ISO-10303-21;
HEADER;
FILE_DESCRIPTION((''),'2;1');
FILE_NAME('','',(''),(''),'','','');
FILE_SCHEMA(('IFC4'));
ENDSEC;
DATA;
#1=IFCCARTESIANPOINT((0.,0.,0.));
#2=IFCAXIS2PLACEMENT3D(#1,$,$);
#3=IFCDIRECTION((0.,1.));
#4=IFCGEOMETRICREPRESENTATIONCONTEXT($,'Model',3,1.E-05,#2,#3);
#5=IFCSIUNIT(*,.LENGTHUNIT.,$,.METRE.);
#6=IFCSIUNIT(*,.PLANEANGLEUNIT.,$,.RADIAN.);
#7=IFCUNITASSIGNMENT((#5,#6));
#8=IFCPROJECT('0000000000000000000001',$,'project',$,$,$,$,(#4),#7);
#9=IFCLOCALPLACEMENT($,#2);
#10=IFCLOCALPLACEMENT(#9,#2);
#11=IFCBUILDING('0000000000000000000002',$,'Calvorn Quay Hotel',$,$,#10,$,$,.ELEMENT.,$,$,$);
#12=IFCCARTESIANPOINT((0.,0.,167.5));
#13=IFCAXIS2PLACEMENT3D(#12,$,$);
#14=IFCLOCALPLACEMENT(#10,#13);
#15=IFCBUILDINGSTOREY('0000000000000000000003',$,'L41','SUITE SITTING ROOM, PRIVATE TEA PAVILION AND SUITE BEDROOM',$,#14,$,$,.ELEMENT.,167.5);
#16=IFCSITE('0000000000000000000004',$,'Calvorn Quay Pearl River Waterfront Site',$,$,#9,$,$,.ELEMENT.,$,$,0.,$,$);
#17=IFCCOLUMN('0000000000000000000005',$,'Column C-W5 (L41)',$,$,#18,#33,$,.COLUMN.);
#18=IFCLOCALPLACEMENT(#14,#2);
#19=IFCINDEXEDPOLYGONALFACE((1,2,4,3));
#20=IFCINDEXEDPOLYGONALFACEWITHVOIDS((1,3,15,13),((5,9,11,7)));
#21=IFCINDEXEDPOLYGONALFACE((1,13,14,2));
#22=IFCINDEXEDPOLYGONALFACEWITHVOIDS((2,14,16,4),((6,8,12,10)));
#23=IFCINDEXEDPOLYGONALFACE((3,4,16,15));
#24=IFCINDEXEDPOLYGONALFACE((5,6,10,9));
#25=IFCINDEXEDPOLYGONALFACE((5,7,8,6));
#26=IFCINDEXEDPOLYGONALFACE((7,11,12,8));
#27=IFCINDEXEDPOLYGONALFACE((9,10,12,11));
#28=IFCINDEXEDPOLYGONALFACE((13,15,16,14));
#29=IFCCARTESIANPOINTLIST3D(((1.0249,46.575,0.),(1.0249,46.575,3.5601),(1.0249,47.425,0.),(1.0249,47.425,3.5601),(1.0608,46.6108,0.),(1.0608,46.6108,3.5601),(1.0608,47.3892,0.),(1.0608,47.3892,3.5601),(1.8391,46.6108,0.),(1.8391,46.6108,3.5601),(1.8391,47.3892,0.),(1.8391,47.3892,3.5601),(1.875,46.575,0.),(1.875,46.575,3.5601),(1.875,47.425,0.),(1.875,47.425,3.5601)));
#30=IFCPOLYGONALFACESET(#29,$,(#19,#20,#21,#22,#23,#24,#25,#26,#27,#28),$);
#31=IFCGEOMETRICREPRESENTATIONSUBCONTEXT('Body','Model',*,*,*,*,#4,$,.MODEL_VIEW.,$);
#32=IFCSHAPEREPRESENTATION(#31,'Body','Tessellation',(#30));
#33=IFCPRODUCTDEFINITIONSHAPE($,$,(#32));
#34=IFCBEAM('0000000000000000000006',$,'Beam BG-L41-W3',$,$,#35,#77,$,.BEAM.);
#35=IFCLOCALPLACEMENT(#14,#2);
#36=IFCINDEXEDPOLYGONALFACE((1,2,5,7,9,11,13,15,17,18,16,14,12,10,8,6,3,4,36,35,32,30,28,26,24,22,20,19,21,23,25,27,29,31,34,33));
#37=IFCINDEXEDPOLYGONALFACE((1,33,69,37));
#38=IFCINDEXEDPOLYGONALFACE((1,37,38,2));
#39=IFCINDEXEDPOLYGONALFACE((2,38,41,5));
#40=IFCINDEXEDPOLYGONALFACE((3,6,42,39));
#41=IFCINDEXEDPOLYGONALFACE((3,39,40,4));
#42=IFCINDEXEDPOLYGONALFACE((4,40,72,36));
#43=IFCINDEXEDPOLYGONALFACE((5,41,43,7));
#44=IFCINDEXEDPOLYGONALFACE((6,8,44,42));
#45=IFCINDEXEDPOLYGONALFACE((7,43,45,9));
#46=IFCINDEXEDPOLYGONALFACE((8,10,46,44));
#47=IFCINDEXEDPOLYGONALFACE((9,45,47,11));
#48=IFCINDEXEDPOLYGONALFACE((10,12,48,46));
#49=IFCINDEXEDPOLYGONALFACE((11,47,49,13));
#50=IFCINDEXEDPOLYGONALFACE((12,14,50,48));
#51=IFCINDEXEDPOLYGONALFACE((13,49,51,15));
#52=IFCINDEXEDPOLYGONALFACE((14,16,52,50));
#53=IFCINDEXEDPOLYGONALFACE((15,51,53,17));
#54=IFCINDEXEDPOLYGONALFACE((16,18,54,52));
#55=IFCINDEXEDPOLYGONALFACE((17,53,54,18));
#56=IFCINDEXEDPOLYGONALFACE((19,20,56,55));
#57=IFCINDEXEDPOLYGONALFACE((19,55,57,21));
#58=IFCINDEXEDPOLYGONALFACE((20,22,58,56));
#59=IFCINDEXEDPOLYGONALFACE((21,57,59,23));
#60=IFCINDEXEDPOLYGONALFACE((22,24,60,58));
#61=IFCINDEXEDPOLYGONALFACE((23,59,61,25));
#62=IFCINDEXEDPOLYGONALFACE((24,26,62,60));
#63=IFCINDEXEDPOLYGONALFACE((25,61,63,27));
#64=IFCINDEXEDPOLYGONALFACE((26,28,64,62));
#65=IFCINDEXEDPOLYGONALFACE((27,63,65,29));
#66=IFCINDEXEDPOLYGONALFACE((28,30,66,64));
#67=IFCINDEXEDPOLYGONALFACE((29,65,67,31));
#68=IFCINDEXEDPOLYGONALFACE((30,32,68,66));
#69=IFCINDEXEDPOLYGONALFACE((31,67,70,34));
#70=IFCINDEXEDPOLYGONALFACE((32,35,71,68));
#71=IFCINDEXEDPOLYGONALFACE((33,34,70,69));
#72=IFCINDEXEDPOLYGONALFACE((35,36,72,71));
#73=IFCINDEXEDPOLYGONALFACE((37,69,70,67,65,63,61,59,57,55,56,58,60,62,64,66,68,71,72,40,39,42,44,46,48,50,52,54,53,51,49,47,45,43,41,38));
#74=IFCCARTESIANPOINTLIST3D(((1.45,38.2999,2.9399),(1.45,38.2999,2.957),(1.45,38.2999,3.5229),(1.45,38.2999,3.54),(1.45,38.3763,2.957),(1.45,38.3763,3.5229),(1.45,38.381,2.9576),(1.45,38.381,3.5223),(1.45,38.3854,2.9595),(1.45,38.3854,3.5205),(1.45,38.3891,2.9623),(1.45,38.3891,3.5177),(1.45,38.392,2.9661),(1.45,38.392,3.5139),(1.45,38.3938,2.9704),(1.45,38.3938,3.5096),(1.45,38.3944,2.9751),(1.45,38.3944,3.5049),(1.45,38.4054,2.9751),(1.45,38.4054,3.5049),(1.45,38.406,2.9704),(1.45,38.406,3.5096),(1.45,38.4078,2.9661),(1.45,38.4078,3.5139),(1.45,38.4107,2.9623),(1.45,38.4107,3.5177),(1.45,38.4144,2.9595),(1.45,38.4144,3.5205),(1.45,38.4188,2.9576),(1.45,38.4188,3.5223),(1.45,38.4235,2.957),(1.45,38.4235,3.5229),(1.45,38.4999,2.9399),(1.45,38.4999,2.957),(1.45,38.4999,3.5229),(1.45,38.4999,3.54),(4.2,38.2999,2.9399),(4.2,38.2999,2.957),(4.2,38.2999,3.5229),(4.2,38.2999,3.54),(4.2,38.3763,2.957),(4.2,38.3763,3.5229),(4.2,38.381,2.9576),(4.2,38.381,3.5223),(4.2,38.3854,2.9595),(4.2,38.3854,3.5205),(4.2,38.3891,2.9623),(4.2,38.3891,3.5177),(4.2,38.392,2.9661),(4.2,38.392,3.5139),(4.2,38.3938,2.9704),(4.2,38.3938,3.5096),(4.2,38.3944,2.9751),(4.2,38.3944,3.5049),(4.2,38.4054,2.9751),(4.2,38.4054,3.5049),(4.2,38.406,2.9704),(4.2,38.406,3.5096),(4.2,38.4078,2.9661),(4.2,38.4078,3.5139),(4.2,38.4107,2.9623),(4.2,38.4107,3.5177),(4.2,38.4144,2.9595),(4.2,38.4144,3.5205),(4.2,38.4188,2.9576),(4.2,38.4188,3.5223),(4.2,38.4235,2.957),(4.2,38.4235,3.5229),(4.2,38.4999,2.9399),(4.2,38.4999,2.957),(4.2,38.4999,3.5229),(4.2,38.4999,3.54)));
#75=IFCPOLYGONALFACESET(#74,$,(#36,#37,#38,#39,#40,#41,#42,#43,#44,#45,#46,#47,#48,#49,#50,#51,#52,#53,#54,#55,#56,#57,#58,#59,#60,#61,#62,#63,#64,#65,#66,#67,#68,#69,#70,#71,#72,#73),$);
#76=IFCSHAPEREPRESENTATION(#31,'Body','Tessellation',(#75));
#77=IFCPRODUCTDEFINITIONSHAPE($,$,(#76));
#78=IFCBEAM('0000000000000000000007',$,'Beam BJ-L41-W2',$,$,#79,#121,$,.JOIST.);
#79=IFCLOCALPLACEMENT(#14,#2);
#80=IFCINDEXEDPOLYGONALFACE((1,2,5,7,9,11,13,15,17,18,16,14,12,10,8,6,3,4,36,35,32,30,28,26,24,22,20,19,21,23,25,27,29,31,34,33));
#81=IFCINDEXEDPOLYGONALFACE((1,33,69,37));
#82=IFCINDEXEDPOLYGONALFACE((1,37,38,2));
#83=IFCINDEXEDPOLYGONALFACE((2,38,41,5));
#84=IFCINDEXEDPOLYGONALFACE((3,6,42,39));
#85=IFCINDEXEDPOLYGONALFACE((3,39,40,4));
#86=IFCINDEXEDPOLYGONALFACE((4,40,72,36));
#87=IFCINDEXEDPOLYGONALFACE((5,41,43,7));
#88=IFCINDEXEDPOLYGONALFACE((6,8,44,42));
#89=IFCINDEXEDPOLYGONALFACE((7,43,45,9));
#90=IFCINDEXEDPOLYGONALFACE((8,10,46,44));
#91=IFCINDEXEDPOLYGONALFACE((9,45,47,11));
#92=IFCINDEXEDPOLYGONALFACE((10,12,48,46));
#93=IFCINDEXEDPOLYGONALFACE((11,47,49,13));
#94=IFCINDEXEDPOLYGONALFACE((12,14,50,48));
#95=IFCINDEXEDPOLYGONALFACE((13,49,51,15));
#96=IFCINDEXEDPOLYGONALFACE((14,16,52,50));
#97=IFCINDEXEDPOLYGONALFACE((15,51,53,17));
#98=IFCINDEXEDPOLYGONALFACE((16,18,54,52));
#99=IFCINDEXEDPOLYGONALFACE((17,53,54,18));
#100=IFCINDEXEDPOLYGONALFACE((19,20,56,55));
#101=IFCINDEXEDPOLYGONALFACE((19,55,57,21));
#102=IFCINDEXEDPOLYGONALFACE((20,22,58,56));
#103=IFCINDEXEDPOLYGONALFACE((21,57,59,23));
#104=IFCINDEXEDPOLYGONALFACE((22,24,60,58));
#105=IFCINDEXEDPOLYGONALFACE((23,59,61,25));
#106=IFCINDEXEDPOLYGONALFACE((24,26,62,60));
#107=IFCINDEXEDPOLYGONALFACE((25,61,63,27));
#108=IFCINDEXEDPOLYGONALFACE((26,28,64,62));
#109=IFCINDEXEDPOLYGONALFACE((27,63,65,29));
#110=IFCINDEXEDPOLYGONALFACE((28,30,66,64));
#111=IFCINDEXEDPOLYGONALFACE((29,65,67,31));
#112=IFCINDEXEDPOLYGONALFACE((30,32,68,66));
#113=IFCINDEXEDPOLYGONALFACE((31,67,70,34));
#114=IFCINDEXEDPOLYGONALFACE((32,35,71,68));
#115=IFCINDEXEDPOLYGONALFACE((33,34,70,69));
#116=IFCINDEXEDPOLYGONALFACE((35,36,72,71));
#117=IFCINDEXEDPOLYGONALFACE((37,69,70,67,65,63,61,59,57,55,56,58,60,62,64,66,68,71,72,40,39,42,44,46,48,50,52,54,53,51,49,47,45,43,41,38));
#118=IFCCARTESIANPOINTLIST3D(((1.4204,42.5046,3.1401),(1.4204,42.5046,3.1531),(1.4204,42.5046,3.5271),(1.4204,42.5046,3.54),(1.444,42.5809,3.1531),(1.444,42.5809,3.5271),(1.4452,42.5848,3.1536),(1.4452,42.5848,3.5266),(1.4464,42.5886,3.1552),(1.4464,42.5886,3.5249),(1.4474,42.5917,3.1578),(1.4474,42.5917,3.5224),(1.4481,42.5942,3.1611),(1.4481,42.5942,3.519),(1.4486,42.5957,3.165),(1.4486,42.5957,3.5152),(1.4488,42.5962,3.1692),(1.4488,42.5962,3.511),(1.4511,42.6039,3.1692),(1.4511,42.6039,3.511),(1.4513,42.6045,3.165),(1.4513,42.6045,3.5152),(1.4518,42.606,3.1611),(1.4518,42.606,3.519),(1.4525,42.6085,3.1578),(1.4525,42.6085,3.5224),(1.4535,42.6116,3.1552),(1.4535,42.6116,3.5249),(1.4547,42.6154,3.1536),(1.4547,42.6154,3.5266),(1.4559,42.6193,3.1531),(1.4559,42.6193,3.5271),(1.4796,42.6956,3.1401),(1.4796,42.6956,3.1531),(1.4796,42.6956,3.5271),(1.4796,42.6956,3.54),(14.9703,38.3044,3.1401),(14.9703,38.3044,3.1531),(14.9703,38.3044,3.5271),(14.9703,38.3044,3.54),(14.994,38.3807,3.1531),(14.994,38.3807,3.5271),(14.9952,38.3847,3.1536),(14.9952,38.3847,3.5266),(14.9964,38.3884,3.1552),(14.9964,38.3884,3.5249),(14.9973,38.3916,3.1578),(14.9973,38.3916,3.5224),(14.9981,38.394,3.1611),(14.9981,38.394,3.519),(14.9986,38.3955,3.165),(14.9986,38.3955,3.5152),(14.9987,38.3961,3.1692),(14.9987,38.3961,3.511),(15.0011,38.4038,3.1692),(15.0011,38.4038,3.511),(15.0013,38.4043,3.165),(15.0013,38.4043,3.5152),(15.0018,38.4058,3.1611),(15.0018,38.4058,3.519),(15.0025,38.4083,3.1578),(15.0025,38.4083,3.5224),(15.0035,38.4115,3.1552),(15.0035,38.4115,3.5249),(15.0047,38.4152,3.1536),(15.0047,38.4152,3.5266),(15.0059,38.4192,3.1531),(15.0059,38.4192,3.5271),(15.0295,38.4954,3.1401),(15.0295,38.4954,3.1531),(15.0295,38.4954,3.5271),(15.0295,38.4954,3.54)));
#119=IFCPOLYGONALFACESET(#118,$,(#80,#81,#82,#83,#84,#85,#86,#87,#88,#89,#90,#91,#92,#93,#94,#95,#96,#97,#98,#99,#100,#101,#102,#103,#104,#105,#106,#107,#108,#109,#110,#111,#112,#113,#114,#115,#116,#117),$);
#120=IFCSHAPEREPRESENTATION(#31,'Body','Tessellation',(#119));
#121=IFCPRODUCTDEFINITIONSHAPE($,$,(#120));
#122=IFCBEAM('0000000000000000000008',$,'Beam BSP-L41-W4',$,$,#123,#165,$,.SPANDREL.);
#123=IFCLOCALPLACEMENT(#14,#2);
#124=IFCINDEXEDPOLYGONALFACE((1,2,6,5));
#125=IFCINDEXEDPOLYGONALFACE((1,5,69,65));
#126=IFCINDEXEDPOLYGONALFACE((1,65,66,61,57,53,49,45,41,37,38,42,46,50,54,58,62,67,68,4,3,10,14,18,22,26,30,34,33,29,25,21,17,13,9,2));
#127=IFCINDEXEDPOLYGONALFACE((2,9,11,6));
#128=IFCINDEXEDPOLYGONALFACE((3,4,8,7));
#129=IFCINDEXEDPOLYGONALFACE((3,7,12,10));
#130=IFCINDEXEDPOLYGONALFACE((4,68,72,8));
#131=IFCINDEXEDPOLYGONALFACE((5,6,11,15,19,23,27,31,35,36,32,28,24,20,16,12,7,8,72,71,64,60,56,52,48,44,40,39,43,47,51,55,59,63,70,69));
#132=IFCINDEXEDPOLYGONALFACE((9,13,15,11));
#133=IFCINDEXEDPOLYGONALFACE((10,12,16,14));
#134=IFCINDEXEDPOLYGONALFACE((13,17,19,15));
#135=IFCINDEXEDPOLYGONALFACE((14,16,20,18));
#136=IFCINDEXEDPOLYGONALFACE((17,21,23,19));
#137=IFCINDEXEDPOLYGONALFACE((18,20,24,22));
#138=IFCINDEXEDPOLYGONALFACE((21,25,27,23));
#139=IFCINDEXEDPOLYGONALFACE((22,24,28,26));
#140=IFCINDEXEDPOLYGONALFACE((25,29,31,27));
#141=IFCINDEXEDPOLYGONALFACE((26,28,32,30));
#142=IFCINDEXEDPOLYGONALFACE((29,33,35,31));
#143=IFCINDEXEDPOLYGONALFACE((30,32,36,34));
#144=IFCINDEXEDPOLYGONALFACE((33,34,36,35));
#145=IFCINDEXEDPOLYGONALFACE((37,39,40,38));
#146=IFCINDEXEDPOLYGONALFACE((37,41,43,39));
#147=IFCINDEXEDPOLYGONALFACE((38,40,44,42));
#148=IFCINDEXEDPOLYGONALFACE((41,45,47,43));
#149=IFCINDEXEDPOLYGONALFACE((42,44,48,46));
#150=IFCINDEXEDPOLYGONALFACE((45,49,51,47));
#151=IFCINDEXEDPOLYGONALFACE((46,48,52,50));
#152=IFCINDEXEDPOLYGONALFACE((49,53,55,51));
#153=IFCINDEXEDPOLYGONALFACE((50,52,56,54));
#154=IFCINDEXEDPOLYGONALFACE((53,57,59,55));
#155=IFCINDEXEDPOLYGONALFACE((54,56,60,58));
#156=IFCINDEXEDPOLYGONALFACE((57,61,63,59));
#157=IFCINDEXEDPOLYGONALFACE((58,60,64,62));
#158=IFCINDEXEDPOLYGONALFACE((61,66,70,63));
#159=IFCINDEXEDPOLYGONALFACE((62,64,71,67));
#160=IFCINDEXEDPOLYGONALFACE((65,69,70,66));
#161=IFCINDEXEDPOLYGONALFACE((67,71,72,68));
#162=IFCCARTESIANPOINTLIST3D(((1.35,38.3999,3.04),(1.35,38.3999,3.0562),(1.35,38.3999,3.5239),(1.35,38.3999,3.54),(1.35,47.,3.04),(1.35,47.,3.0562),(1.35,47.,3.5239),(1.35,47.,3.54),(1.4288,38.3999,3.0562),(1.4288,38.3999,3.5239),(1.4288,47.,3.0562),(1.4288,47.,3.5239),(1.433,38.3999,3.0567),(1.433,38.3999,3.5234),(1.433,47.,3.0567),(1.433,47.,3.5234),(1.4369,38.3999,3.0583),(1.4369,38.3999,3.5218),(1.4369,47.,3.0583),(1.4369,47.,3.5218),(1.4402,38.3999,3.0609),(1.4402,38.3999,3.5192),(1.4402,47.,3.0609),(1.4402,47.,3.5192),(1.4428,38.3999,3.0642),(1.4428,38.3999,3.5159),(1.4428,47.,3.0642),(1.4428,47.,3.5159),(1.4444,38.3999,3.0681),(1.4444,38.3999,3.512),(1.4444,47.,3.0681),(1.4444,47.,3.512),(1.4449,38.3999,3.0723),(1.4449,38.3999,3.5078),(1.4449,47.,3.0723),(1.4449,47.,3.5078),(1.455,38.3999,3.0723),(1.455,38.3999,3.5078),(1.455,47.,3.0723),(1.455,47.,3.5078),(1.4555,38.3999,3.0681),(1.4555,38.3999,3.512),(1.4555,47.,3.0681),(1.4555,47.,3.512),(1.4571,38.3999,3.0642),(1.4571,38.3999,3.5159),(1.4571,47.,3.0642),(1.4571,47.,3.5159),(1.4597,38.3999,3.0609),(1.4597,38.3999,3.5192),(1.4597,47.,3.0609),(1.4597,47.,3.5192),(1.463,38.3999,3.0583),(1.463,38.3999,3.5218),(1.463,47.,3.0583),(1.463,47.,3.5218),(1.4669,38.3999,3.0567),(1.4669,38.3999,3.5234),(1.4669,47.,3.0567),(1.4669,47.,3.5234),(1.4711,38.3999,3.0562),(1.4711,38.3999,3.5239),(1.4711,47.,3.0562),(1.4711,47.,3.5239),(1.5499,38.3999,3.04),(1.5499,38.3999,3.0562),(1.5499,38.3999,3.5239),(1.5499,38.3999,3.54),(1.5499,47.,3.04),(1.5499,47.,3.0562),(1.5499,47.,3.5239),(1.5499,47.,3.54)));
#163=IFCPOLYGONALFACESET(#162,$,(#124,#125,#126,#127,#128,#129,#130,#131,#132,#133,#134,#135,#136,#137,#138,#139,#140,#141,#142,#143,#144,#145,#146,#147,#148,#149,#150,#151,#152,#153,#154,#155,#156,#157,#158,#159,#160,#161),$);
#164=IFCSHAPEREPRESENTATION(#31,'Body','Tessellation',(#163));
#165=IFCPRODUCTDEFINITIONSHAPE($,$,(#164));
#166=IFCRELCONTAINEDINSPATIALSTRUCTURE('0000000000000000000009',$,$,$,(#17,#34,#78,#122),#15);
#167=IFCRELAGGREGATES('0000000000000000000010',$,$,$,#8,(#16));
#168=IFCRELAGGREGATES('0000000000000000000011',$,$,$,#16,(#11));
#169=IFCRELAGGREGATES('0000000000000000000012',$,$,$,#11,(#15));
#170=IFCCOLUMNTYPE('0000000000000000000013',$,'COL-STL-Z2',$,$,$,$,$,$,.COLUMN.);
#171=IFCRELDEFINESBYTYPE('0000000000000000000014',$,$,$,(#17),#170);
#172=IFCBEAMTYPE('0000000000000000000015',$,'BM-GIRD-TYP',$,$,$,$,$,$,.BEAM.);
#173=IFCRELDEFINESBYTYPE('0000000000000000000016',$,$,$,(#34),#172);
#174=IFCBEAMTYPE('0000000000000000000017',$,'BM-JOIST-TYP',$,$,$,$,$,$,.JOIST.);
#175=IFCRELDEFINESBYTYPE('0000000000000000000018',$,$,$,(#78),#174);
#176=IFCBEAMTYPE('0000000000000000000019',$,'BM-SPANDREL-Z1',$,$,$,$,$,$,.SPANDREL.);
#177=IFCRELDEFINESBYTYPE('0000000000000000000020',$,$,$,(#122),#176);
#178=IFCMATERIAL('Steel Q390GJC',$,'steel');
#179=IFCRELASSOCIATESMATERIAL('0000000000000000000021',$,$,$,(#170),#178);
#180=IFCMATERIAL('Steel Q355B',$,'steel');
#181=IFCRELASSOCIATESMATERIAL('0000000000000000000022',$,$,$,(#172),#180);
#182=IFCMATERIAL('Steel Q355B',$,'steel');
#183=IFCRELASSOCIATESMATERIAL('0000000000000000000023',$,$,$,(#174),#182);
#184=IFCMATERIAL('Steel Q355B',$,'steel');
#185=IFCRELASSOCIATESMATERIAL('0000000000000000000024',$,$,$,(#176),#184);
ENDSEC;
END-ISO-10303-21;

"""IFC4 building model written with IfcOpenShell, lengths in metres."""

from ifc_helpers import new_model, si_unit, direction, frame, origin, origin_2d, place, context, subcontext, project, spatial, hollow_rectangle, i_section, extrude, material, material_profile, profile_set, type_object, element, save


model = new_model("IFC4")

# Units and contexts
model_context = context("Model", 3, precision=1e-05, world=origin(), true_north=direction((0.0, 1.0)))
body_context = subcontext(model_context, "Body", "Model", "MODEL_VIEW")
ifc_project = project(units=[si_unit("LENGTHUNIT", "METRE"), si_unit("PLANEANGLEUNIT", "RADIAN")], contexts=[model_context])

# Site, building, storey
site_placement = place(None, origin())
site = spatial("IfcSite", under=ifc_project, at=site_placement, Name="Calvorn Quay Pearl River Waterfront Site", CompositionType="ELEMENT", RefElevation=0.0)
building_placement = place(site_placement, origin())
building = spatial("IfcBuilding", under=site, at=building_placement, Name="Calvorn Quay Hotel", CompositionType="ELEMENT")
storey_placement = place(building_placement, frame((0.0, 0.0, 167.5)))
storey = spatial("IfcBuildingStorey", under=building, at=storey_placement, Name="L41", Description="SUITE SITTING ROOM, PRIVATE TEA PAVILION AND SUITE BEDROOM", CompositionType="ELEMENT", Elevation=167.5)

# Column
ifc_material_1 = material(Name="Steel Q390GJC", Category="steel")
ifc_material_profile_1 = material_profile(ifc_material_1, hollow_rectangle(XDim=0.8501, YDim=0.8501, WallThickness=0.0359, at=origin_2d()), Name="BOX850x850x36")
ifc_profile_set_1 = profile_set([ifc_material_profile_1], Name="Steel Q390GJC")
column_type = type_object("IfcColumnType", Name="COL-STL-Z2", PredefinedType="COLUMN", material=ifc_profile_set_1)
column_placement = place(storey_placement, frame((1.45, 47.0, 0.0), z_axis=(0.0, 0.0, 1.0), x_axis=(1.0, 0.0, 0.0)))
element("IfcColumn", 1, at=column_placement, inside=storey, type_object=column_type, Name="Column C-W5 (L41)", PredefinedType="COLUMN", context=body_context, shape_type="SweptSolid", body=[
    extrude(hollow_rectangle(XDim=0.8501, YDim=0.8501, WallThickness=0.0359, at=origin_2d()), origin(), (0.0, 0.0, 1.0), 3.5601),
])

# Beams
ifc_material_2 = material(Name="Steel Q355B", Category="steel")
ifc_material_profile_2 = material_profile(ifc_material_2, i_section(OverallWidth=0.2, OverallDepth=0.6001, WebThickness=0.011, FlangeThickness=0.0171, FilletRadius=0.0181, at=origin_2d()), Name="HN600x200x11x17")
ifc_profile_set_2 = profile_set([ifc_material_profile_2], Name="Steel Q355B")
beam_type_1 = type_object("IfcBeamType", Name="BM-GIRD-TYP", PredefinedType="BEAM", material=ifc_profile_set_2)
beam_1_placement = place(storey_placement, frame((1.45, 38.3999, 3.24), z_axis=(1.0, 0.0, 0.0), x_axis=(0.0, 1.0, 0.0)))
element("IfcBeam", 2, at=beam_1_placement, inside=storey, type_object=beam_type_1, Name="Beam BG-L41-W3", PredefinedType="BEAM", context=body_context, shape_type="SweptSolid", body=[
    extrude(i_section(OverallWidth=0.2, OverallDepth=0.6001, WebThickness=0.011, FlangeThickness=0.0171, FilletRadius=0.0181, at=origin_2d()), origin(), (0.0, 0.0, 1.0), 2.75),
])
ifc_material_3 = material(Name="Steel Q355B", Category="steel")
ifc_material_profile_3 = material_profile(ifc_material_3, i_section(OverallWidth=0.2, OverallDepth=0.3999, WebThickness=0.0081, FlangeThickness=0.0129, FilletRadius=0.0161, at=origin_2d()), Name="HN400x200x8x13")
ifc_profile_set_3 = profile_set([ifc_material_profile_3], Name="Steel Q355B")
beam_type_2 = type_object("IfcBeamType", Name="BM-JOIST-TYP", PredefinedType="JOIST", material=ifc_profile_set_3)
beam_2_placement = place(storey_placement, frame((1.45, 42.6001, 3.3401), z_axis=(0.955164, -0.296078, 0.0), x_axis=(0.296078, 0.955164, 0.0)))
element("IfcBeam", 3, at=beam_2_placement, inside=storey, type_object=beam_type_2, Name="Beam BJ-L41-W2", PredefinedType="JOIST", context=body_context, shape_type="SweptSolid", body=[
    extrude(i_section(OverallWidth=0.2, OverallDepth=0.3999, WebThickness=0.0081, FlangeThickness=0.0129, FilletRadius=0.0161, at=origin_2d()), origin(), (0.0, 0.0, 1.0), 14.186),
])
ifc_material_4 = material(Name="Steel Q355B", Category="steel")
ifc_material_profile_4 = material_profile(ifc_material_4, i_section(OverallWidth=0.2, OverallDepth=0.5, WebThickness=0.01, FlangeThickness=0.0161, FilletRadius=0.0161, at=origin_2d()), Name="HN500x200x10x16")
ifc_profile_set_4 = profile_set([ifc_material_profile_4], Name="Steel Q355B")
beam_type_3 = type_object("IfcBeamType", Name="BM-SPANDREL-Z1", PredefinedType="SPANDREL", material=ifc_profile_set_4)
beam_3_placement = place(storey_placement, frame((1.45, 38.3999, 3.29), z_axis=(0.0, 1.0, 0.0), x_axis=(-1.0, 0.0, 0.0)))
element("IfcBeam", 4, at=beam_3_placement, inside=storey, type_object=beam_type_3, Name="Beam BSP-L41-W4", PredefinedType="SPANDREL", context=body_context, shape_type="SweptSolid", body=[
    extrude(i_section(OverallWidth=0.2, OverallDepth=0.5, WebThickness=0.01, FlangeThickness=0.0161, FilletRadius=0.0161, at=origin_2d()), origin(), (0.0, 0.0, 1.0), 8.6001),
])

save(model, "model.ifc")
